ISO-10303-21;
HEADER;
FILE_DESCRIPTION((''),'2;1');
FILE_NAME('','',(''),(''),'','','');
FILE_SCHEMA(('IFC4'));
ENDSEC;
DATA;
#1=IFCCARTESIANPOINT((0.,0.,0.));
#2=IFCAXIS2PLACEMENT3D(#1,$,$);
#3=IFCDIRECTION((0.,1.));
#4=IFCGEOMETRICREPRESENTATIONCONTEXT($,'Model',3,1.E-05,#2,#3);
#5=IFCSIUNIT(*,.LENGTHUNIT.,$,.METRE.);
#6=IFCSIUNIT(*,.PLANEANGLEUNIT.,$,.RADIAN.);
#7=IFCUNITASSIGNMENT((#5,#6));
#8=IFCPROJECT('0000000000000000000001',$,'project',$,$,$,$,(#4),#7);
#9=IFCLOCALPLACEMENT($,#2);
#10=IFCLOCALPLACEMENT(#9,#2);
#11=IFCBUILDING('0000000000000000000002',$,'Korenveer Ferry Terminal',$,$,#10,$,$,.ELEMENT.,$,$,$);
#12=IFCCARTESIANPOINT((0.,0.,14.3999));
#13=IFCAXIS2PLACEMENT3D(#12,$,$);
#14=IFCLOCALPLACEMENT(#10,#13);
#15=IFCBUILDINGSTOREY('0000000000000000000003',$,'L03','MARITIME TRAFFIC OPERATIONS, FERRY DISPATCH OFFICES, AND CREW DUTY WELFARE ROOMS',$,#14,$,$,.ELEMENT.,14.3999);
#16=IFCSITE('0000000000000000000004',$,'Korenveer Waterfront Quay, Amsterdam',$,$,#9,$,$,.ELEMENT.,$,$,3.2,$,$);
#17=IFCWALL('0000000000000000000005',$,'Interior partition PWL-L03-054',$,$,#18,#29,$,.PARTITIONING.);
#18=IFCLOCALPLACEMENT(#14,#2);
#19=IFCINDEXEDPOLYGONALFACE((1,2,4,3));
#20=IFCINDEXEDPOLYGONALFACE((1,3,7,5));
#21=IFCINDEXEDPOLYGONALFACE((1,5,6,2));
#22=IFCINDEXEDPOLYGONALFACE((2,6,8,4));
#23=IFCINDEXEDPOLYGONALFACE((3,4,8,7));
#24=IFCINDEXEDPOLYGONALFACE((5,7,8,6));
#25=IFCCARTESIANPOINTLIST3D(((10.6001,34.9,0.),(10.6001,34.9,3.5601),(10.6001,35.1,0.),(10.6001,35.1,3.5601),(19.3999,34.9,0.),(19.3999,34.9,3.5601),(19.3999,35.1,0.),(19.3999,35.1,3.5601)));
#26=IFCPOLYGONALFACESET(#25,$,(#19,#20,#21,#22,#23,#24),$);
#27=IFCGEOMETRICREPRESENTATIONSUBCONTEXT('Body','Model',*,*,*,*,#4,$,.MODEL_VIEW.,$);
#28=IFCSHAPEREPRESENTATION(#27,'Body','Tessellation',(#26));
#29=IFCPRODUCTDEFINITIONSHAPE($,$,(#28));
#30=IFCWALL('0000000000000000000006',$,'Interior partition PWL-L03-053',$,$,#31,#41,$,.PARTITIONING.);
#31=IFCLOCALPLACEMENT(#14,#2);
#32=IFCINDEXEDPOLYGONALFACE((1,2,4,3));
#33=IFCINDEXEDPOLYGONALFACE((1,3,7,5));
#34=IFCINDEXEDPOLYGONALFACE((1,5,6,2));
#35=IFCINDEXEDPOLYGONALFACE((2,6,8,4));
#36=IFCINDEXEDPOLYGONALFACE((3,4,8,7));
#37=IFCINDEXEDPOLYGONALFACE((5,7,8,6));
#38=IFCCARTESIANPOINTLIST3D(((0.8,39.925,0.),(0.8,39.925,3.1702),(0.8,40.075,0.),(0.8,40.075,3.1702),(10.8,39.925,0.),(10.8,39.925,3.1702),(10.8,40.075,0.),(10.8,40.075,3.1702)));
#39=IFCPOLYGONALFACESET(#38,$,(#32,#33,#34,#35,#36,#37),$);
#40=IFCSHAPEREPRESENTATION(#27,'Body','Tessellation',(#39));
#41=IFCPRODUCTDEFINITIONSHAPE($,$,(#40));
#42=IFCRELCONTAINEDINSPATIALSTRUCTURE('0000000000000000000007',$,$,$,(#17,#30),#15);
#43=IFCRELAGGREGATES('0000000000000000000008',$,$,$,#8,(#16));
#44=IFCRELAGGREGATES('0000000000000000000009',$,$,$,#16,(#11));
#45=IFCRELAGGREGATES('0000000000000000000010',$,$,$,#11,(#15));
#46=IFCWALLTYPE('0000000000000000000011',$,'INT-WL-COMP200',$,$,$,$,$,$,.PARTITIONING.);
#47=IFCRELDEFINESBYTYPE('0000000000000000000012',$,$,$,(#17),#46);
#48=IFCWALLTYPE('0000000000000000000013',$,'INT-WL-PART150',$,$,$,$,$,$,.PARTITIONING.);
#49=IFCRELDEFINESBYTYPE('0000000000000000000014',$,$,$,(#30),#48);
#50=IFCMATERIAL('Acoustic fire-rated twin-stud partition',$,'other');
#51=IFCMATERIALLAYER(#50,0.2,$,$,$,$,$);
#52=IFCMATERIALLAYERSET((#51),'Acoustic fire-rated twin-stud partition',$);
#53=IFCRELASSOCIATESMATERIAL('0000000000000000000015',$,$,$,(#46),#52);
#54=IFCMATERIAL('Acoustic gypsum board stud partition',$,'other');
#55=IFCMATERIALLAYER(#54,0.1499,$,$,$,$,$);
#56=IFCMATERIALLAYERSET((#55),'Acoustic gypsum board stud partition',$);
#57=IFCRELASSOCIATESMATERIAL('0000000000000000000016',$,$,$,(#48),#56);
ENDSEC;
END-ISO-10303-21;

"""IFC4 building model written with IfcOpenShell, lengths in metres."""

from ifc_helpers import new_model, si_unit, direction, frame, frame_2d, origin, place, context, subcontext, project, spatial, rectangle, extrude, material, layer, layer_set, type_object, element, save


model = new_model("IFC4")

# Units and contexts
model_context = context("Model", 3, precision=1e-05, world=origin(), true_north=direction((0.0, 1.0)))
body_context = subcontext(model_context, "Body", "Model", "MODEL_VIEW")
ifc_project = project(units=[si_unit("LENGTHUNIT", "METRE"), si_unit("PLANEANGLEUNIT", "RADIAN")], contexts=[model_context])

# Site, building, storey
site_placement = place(None, origin())
site = spatial("IfcSite", under=ifc_project, at=site_placement, Name="Korenveer Waterfront Quay, Amsterdam", CompositionType="ELEMENT", RefElevation=3.2)
building_placement = place(site_placement, origin())
building = spatial("IfcBuilding", under=site, at=building_placement, Name="Korenveer Ferry Terminal", CompositionType="ELEMENT")
storey_placement = place(building_placement, frame((0.0, 0.0, 14.3999)))
storey = spatial("IfcBuildingStorey", under=building, at=storey_placement, Name="L03", Description="MARITIME TRAFFIC OPERATIONS, FERRY DISPATCH OFFICES, AND CREW DUTY WELFARE ROOMS", CompositionType="ELEMENT", Elevation=14.3999)

# Walls
ifc_material_1 = material(Name="Acoustic fire-rated twin-stud partition", Category="other")
ifc_layer_1 = layer(ifc_material_1, 0.2)
ifc_layer_set_1 = layer_set([ifc_layer_1], Name="Acoustic fire-rated twin-stud partition")
wall_type_1 = type_object("IfcWallType", Name="INT-WL-COMP200", PredefinedType="PARTITIONING", material=ifc_layer_set_1)
wall_1_placement = place(storey_placement, frame((10.6001, 35.0, 0.0), z_axis=(0.0, 0.0, 1.0), x_axis=(1.0, 0.0, 0.0)))
element("IfcWall", 1, at=wall_1_placement, inside=storey, type_object=wall_type_1, Name="Interior partition PWL-L03-054", PredefinedType="PARTITIONING", context=body_context, shape_type="SweptSolid", body=[
    extrude(rectangle(XDim=8.7998, YDim=0.2, at=frame_2d((4.3999, 0.0))), origin(), (0.0, 0.0, 1.0), 3.5601),
])
ifc_material_2 = material(Name="Acoustic gypsum board stud partition", Category="other")
ifc_layer_2 = layer(ifc_material_2, 0.1499)
ifc_layer_set_2 = layer_set([ifc_layer_2], Name="Acoustic gypsum board stud partition")
wall_type_2 = type_object("IfcWallType", Name="INT-WL-PART150", PredefinedType="PARTITIONING", material=ifc_layer_set_2)
wall_2_placement = place(storey_placement, frame((0.8, 40.0, 0.0), z_axis=(0.0, 0.0, 1.0), x_axis=(1.0, 0.0, 0.0)))
element("IfcWall", 2, at=wall_2_placement, inside=storey, type_object=wall_type_2, Name="Interior partition PWL-L03-053", PredefinedType="PARTITIONING", context=body_context, shape_type="SweptSolid", body=[
    extrude(rectangle(XDim=10.0, YDim=0.1499, at=frame_2d((5.0, 0.0))), origin(), (0.0, 0.0, 1.0), 3.1702),
])

save(model, "model.ifc")
